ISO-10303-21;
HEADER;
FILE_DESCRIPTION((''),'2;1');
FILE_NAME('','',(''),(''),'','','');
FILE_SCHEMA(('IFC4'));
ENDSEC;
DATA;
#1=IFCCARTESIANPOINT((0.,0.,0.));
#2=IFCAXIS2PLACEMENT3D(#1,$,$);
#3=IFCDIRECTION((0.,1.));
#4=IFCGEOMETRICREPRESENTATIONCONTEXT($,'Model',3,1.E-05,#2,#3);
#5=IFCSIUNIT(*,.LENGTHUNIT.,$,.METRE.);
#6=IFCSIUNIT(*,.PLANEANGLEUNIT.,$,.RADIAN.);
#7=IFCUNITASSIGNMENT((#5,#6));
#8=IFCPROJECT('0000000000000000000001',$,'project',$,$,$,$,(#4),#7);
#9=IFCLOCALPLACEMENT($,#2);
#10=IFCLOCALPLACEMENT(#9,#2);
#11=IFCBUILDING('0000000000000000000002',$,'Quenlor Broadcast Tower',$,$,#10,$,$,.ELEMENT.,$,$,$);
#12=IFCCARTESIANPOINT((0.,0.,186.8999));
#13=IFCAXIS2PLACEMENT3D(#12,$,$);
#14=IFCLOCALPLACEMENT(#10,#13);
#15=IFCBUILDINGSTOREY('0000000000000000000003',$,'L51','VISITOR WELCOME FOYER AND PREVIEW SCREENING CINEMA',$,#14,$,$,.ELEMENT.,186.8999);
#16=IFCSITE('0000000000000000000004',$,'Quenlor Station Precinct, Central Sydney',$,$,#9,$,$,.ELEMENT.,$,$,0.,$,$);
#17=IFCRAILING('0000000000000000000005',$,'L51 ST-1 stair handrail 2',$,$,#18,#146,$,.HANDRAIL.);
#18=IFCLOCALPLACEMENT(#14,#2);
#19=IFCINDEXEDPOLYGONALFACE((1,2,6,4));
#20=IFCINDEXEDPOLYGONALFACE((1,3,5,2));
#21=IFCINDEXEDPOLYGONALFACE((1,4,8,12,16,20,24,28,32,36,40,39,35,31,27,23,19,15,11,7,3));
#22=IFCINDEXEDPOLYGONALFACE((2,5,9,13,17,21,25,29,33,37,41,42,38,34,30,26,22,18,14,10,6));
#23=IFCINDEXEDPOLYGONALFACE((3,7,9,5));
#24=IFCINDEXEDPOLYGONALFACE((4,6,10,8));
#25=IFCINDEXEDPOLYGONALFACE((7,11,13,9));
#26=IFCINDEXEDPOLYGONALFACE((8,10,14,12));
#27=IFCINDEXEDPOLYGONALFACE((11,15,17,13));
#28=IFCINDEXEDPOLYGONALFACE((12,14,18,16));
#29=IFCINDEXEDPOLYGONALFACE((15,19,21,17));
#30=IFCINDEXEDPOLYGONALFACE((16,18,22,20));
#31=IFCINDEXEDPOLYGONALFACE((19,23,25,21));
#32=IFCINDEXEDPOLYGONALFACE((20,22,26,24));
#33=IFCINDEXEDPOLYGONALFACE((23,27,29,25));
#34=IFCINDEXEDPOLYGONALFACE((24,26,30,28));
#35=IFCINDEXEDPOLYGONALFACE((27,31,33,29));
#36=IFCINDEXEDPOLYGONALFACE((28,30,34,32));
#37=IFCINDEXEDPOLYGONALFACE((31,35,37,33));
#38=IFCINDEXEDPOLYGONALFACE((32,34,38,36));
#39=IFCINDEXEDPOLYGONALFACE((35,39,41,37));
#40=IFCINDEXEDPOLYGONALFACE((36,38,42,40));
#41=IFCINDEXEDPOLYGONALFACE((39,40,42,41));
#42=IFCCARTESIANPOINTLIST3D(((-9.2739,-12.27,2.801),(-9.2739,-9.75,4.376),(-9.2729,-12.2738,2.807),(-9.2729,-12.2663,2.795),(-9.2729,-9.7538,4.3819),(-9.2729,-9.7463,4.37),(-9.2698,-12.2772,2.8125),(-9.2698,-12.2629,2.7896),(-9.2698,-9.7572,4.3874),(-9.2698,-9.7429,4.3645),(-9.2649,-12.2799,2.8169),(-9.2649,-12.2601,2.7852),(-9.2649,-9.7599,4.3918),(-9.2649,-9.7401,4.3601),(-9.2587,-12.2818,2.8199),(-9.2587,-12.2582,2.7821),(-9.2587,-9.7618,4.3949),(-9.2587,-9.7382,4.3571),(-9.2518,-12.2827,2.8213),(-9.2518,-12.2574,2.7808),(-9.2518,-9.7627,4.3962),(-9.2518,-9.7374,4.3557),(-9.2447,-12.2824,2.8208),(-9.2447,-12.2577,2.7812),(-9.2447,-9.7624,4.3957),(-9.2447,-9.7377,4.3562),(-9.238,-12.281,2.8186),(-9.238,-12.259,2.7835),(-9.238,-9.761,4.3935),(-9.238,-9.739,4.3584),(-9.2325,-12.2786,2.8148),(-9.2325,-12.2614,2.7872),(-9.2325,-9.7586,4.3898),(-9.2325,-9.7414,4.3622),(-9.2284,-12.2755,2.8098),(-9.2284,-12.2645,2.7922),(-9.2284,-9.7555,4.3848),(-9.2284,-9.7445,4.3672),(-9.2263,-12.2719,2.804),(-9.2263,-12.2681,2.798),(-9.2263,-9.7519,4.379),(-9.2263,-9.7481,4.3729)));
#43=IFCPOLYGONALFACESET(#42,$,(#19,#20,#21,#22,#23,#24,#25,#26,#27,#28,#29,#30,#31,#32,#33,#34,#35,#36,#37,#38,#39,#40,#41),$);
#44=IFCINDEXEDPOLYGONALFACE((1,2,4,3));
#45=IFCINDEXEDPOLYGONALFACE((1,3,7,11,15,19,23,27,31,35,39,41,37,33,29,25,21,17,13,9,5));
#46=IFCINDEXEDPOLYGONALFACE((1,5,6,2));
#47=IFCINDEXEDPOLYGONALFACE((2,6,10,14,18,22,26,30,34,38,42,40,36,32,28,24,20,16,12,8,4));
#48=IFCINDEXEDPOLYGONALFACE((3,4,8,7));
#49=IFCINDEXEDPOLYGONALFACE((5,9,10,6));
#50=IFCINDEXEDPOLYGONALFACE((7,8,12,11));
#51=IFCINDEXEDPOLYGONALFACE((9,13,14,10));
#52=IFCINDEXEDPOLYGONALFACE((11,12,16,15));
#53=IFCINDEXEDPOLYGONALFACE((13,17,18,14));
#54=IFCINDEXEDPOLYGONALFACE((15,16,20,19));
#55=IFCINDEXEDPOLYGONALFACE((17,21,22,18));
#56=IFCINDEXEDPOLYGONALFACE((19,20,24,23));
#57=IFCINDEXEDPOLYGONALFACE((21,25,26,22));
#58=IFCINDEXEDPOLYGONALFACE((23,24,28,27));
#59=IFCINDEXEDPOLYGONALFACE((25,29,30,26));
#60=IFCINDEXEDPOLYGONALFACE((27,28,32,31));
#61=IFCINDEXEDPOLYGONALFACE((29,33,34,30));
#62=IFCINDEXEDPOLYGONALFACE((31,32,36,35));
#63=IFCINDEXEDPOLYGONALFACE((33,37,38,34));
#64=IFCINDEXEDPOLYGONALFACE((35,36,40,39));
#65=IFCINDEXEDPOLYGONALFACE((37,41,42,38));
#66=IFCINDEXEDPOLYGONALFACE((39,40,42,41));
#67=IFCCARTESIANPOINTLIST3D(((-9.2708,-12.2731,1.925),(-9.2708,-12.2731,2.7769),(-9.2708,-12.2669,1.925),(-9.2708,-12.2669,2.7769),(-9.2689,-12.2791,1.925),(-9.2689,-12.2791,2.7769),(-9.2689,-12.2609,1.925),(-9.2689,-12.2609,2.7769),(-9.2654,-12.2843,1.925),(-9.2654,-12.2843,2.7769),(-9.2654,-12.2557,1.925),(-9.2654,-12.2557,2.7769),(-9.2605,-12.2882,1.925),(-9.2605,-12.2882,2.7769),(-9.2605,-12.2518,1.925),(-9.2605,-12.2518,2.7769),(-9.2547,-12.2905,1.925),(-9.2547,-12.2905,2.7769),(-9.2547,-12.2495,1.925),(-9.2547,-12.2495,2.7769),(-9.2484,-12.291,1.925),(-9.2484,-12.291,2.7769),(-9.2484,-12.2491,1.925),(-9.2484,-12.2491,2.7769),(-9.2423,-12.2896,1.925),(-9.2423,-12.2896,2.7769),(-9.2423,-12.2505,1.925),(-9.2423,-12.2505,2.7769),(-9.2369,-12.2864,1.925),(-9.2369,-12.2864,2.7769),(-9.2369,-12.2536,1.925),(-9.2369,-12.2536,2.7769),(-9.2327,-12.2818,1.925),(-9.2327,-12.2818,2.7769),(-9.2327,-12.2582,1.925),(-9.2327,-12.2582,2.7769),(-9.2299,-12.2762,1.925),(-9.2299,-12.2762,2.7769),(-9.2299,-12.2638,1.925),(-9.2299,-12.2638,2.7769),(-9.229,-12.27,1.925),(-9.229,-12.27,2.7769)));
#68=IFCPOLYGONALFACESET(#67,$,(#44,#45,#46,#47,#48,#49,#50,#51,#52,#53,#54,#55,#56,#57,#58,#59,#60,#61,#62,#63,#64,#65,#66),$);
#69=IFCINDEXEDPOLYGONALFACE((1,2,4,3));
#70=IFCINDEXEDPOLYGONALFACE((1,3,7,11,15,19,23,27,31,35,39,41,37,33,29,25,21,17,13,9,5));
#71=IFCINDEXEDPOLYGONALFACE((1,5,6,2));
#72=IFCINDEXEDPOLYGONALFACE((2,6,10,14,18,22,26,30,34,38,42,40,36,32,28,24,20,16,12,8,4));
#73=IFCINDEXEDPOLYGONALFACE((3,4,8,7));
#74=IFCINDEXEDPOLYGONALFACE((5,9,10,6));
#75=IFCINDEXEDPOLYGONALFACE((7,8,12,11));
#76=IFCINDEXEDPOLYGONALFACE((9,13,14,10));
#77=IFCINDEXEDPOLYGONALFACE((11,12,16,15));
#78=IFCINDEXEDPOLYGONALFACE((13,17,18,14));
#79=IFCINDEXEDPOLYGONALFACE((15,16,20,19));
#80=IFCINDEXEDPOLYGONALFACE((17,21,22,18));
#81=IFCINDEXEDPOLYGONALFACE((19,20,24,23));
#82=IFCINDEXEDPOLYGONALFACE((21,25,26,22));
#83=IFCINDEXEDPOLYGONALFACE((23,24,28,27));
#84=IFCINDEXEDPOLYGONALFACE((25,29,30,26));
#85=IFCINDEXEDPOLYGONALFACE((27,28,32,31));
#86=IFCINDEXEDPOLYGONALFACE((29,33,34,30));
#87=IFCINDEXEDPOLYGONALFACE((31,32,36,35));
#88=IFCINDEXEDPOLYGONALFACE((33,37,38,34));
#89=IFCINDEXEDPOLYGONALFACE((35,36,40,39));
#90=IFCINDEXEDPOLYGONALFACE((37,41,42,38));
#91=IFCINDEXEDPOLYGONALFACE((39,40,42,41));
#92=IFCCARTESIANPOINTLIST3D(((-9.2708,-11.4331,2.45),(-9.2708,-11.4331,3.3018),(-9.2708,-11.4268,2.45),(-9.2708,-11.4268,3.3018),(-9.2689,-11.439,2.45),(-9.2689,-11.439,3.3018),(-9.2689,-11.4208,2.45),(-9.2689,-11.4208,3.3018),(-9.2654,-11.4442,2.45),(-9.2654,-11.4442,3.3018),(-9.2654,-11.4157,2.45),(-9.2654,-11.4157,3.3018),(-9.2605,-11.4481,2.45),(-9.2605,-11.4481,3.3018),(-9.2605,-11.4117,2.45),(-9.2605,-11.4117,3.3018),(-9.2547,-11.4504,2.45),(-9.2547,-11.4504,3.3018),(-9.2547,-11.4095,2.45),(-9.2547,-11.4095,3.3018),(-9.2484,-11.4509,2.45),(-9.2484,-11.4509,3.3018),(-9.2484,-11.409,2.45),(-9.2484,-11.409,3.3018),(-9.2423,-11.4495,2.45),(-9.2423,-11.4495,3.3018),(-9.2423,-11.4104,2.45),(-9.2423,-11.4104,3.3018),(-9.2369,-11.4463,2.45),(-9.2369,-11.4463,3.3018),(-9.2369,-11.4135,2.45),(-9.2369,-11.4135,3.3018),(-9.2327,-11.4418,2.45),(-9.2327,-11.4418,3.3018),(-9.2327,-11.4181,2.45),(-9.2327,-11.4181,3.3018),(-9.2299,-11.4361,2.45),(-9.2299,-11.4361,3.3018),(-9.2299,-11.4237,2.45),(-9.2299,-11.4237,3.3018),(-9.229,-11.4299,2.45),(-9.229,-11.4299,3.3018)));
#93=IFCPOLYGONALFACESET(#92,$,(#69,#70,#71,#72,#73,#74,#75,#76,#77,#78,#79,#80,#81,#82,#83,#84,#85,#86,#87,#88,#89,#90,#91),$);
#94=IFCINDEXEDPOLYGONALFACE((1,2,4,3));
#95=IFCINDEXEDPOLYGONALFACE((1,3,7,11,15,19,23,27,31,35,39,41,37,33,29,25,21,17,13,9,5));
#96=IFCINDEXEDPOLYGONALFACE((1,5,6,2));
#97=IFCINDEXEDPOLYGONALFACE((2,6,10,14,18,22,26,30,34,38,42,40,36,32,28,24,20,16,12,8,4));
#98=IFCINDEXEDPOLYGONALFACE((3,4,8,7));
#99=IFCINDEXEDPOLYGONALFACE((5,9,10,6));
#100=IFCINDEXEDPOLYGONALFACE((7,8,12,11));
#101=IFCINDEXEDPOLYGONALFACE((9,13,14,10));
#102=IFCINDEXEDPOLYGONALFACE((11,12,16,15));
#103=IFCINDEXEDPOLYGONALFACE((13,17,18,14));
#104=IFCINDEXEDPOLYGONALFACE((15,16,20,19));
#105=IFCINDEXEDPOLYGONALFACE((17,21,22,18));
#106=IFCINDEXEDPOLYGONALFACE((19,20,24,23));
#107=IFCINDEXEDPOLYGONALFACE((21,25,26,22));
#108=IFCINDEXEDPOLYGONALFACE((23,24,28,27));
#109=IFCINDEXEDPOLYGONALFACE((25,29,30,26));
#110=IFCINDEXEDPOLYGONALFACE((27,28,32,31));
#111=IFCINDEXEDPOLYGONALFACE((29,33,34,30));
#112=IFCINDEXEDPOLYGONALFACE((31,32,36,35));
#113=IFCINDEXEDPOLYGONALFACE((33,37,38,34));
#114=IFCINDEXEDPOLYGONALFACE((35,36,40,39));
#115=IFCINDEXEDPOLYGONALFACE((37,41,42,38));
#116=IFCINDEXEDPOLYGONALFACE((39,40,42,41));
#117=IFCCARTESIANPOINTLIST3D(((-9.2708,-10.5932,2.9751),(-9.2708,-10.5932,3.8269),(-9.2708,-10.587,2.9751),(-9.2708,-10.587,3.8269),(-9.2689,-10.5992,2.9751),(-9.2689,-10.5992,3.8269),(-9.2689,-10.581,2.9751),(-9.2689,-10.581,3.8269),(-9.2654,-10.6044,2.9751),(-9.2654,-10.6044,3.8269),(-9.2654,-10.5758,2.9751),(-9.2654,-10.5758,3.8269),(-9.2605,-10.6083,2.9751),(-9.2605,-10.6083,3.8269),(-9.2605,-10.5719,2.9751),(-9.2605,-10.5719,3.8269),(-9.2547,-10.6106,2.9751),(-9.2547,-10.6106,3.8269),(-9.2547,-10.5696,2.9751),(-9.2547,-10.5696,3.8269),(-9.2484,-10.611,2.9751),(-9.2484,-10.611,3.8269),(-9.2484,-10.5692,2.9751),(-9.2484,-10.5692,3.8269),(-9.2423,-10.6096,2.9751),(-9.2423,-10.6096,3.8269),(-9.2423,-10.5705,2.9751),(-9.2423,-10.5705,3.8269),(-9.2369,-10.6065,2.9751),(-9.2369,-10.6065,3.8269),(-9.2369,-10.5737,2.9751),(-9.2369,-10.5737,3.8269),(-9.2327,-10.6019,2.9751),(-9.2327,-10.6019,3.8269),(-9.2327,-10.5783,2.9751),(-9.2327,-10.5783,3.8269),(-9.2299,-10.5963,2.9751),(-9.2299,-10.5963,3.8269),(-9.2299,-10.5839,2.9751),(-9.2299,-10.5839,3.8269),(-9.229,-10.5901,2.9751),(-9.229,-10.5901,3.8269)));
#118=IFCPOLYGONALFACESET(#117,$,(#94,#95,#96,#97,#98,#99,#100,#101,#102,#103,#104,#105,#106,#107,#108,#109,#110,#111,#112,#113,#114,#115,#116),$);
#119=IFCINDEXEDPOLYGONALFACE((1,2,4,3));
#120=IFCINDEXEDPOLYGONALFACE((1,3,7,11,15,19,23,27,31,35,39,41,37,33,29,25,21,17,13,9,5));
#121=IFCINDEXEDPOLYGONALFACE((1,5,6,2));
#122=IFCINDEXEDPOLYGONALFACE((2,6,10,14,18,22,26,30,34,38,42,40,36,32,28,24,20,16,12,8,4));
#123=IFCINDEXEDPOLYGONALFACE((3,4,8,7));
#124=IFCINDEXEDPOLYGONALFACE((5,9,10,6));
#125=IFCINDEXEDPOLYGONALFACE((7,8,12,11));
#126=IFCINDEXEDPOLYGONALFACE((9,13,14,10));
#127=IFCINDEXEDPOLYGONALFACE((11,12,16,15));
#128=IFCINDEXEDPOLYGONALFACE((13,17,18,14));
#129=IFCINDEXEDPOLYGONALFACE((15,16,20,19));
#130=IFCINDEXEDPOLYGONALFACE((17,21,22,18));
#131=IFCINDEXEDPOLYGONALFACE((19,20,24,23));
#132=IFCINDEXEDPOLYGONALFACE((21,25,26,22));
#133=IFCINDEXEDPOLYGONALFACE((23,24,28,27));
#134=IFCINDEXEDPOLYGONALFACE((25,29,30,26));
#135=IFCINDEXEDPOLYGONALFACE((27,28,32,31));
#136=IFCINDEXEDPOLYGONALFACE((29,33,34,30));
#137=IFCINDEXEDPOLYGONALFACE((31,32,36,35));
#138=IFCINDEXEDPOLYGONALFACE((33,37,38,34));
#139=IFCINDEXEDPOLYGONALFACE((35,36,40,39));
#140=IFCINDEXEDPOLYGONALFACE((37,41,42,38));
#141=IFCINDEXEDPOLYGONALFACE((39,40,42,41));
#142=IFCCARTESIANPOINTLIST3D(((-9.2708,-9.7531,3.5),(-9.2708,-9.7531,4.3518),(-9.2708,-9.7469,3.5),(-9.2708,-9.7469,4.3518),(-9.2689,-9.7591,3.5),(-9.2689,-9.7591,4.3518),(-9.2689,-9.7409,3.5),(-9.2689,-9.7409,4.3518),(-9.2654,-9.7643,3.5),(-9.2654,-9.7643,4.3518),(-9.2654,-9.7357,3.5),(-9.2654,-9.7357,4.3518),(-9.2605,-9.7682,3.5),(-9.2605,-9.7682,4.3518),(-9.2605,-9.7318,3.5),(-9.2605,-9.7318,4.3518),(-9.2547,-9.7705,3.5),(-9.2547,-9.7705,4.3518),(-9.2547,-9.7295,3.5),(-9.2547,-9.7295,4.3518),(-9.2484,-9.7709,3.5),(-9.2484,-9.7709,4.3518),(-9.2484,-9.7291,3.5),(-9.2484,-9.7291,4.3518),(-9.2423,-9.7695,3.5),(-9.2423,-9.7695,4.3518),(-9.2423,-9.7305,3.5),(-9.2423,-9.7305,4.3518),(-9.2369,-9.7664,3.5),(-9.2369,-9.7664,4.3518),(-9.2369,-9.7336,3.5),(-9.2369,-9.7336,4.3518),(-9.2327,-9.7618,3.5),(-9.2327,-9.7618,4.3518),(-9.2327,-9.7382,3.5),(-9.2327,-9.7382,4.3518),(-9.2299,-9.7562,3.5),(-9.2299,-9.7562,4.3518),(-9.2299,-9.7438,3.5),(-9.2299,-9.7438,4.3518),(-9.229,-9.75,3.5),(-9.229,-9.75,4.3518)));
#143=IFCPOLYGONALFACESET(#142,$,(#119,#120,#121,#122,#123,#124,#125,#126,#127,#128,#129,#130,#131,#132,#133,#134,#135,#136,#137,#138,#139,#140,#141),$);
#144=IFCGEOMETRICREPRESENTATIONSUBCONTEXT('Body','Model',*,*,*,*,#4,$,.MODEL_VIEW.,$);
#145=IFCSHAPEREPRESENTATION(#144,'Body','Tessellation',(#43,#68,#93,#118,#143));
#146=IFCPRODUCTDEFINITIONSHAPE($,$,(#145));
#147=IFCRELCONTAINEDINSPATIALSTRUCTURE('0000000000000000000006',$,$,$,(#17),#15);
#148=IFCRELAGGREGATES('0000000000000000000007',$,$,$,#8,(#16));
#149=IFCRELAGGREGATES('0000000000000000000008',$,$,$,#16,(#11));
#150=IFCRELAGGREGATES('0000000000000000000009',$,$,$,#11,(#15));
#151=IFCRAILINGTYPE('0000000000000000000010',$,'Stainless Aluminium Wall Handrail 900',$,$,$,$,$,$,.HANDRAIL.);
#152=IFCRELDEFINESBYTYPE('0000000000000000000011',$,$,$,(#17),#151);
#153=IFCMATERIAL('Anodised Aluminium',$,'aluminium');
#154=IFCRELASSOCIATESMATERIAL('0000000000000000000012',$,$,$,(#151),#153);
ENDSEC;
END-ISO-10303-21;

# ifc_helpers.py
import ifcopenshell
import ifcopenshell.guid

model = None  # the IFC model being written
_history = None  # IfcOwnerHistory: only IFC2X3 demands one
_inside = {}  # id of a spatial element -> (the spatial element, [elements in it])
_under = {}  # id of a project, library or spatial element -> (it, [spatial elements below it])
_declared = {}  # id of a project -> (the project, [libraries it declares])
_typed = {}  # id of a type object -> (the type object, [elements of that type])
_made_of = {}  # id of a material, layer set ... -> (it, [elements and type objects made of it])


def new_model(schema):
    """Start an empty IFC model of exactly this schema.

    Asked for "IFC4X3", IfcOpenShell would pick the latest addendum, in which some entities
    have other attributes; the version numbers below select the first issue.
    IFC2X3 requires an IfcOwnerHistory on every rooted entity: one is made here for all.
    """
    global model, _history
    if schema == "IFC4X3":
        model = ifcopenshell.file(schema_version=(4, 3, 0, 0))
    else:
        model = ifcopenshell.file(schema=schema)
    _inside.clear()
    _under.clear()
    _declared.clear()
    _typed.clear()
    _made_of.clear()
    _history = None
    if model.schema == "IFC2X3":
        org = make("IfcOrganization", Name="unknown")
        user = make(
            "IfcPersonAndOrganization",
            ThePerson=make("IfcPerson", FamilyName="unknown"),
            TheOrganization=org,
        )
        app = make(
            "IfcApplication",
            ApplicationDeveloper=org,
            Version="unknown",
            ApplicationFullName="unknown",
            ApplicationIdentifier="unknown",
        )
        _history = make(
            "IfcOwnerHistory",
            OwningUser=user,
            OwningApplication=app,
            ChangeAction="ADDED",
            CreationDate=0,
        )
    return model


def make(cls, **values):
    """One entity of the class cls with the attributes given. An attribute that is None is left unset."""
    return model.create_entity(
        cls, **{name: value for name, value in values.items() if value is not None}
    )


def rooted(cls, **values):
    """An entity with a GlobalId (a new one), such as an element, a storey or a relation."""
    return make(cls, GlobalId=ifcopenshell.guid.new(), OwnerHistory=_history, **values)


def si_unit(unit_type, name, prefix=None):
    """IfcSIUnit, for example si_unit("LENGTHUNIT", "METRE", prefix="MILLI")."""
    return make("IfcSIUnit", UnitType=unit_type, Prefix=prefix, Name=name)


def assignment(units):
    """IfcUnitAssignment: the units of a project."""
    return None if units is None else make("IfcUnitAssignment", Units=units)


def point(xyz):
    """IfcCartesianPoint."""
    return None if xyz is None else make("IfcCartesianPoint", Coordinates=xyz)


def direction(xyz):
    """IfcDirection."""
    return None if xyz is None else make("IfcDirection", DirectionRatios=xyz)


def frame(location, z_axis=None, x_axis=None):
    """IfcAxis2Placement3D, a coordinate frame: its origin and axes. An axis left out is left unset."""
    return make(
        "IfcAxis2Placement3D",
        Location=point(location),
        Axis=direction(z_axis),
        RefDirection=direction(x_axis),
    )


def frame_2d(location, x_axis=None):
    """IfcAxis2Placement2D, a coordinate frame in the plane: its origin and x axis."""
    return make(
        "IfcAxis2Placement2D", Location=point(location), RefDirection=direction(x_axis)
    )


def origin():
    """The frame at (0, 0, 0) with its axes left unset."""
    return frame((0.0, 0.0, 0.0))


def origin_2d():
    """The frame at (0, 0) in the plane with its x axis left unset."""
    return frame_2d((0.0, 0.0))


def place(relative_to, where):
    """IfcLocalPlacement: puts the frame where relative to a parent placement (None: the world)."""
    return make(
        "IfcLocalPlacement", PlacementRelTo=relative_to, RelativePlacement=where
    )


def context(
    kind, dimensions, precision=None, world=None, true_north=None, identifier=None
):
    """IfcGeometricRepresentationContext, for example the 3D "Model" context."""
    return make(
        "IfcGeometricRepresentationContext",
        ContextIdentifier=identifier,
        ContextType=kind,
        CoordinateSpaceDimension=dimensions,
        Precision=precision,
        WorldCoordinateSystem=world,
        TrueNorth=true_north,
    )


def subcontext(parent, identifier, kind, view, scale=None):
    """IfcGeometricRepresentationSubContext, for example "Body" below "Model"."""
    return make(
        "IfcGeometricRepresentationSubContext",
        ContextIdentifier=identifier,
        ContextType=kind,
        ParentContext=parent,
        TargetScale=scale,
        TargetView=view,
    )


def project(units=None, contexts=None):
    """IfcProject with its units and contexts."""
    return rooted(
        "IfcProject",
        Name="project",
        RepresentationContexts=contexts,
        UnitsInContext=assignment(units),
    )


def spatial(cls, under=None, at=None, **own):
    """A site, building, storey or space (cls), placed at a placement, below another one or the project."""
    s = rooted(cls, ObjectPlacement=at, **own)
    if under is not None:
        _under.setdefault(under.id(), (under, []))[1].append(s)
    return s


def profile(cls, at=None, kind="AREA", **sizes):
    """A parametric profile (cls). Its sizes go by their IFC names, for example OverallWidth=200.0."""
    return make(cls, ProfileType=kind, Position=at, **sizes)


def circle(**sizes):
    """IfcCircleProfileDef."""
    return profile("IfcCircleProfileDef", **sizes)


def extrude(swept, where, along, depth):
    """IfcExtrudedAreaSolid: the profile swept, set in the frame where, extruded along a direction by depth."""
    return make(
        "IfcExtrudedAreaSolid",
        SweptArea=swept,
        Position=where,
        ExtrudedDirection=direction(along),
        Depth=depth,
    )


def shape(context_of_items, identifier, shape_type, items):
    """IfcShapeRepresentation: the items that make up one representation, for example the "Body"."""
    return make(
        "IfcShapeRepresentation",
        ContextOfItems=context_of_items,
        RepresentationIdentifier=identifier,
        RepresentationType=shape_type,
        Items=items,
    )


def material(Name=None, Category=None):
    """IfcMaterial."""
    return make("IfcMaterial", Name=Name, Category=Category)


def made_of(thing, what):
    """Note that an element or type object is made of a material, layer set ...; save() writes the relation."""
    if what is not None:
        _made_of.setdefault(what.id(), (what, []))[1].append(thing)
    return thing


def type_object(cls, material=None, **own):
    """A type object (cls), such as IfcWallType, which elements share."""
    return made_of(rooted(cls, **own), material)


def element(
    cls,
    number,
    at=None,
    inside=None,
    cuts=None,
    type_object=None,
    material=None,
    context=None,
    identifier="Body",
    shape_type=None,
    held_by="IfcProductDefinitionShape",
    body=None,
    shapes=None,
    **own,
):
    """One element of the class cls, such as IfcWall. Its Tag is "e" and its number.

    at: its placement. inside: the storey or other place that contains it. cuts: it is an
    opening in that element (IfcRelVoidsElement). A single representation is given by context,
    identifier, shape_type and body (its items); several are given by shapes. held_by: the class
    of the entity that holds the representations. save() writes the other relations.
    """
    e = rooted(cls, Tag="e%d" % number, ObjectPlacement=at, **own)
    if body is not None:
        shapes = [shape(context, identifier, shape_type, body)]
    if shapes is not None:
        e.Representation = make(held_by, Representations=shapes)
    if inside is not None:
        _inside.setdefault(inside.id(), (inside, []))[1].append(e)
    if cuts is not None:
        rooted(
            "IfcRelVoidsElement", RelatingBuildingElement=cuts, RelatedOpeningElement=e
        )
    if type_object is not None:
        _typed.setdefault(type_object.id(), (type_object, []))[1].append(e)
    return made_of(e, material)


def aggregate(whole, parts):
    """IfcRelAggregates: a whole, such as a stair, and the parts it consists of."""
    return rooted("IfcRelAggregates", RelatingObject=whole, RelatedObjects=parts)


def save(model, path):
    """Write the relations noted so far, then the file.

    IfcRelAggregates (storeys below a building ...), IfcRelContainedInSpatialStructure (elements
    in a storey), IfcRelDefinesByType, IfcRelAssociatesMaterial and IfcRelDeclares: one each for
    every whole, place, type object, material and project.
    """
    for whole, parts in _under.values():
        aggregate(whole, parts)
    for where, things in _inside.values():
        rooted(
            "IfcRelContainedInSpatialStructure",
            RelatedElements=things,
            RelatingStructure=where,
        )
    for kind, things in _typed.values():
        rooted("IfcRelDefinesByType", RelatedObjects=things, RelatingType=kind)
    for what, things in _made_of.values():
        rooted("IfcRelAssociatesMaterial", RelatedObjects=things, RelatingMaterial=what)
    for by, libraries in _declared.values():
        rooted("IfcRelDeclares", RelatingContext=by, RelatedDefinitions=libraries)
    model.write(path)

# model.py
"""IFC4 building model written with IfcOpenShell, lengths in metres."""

from ifc_helpers import new_model, si_unit, direction, frame, origin, origin_2d, place, context, subcontext, project, spatial, circle, extrude, material, type_object, element, save


model = new_model("IFC4")

# Units and contexts
model_context = context("Model", 3, precision=1e-05, world=origin(), true_north=direction((0.0, 1.0)))
body_context = subcontext(model_context, "Body", "Model", "MODEL_VIEW")
ifc_project = project(units=[si_unit("LENGTHUNIT", "METRE"), si_unit("PLANEANGLEUNIT", "RADIAN")], contexts=[model_context])

# Site, building, storey
site_placement = place(None, origin())
site = spatial("IfcSite", under=ifc_project, at=site_placement, Name="Quenlor Station Precinct, Central Sydney", CompositionType="ELEMENT", RefElevation=0.0)
building_placement = place(site_placement, origin())
building = spatial("IfcBuilding", under=site, at=building_placement, Name="Quenlor Broadcast Tower", CompositionType="ELEMENT")
storey_placement = place(building_placement, frame((0.0, 0.0, 186.8999)))
storey = spatial("IfcBuildingStorey", under=building, at=storey_placement, Name="L51", Description="VISITOR WELCOME FOYER AND PREVIEW SCREENING CINEMA", CompositionType="ELEMENT", Elevation=186.8999)

# Railing
ifc_material_1 = material(Name="Anodised Aluminium", Category="aluminium")
railing_type_1 = type_object("IfcRailingType", Name="Stainless Aluminium Wall Handrail 900", PredefinedType="HANDRAIL", material=ifc_material_1)
railing_1_placement = place(storey_placement, frame((-9.25, -12.27, 1.925)))
element("IfcRailing", 1, at=railing_1_placement, inside=storey, type_object=railing_type_1, Name="L51 ST-1 stair handrail 2", PredefinedType="HANDRAIL", context=body_context, shape_type="SweptSolid", body=[
    extrude(circle(Radius=0.0239, at=origin_2d()), frame((0.0, 0.0, 0.876), z_axis=(0.0, 0.848008, 0.529984), x_axis=(-1.0, 0.0, 0.0)), (0.0, 0.0, 1.0), 2.9717),
    extrude(circle(Radius=0.021, at=origin_2d()), origin(), (0.0, 0.0, 1.0), 0.8518),
    extrude(circle(Radius=0.021, at=origin_2d()), frame((0.0, 0.8401, 0.5249)), (0.0, 0.0, 1.0), 0.8518),
    extrude(circle(Radius=0.021, at=origin_2d()), frame((0.0, 1.6799, 1.05)), (0.0, 0.0, 1.0), 0.8518),
    extrude(circle(Radius=0.021, at=origin_2d()), frame((0.0, 2.52, 1.575)), (0.0, 0.0, 1.0), 0.8518),
])

save(model, "model.ifc")
